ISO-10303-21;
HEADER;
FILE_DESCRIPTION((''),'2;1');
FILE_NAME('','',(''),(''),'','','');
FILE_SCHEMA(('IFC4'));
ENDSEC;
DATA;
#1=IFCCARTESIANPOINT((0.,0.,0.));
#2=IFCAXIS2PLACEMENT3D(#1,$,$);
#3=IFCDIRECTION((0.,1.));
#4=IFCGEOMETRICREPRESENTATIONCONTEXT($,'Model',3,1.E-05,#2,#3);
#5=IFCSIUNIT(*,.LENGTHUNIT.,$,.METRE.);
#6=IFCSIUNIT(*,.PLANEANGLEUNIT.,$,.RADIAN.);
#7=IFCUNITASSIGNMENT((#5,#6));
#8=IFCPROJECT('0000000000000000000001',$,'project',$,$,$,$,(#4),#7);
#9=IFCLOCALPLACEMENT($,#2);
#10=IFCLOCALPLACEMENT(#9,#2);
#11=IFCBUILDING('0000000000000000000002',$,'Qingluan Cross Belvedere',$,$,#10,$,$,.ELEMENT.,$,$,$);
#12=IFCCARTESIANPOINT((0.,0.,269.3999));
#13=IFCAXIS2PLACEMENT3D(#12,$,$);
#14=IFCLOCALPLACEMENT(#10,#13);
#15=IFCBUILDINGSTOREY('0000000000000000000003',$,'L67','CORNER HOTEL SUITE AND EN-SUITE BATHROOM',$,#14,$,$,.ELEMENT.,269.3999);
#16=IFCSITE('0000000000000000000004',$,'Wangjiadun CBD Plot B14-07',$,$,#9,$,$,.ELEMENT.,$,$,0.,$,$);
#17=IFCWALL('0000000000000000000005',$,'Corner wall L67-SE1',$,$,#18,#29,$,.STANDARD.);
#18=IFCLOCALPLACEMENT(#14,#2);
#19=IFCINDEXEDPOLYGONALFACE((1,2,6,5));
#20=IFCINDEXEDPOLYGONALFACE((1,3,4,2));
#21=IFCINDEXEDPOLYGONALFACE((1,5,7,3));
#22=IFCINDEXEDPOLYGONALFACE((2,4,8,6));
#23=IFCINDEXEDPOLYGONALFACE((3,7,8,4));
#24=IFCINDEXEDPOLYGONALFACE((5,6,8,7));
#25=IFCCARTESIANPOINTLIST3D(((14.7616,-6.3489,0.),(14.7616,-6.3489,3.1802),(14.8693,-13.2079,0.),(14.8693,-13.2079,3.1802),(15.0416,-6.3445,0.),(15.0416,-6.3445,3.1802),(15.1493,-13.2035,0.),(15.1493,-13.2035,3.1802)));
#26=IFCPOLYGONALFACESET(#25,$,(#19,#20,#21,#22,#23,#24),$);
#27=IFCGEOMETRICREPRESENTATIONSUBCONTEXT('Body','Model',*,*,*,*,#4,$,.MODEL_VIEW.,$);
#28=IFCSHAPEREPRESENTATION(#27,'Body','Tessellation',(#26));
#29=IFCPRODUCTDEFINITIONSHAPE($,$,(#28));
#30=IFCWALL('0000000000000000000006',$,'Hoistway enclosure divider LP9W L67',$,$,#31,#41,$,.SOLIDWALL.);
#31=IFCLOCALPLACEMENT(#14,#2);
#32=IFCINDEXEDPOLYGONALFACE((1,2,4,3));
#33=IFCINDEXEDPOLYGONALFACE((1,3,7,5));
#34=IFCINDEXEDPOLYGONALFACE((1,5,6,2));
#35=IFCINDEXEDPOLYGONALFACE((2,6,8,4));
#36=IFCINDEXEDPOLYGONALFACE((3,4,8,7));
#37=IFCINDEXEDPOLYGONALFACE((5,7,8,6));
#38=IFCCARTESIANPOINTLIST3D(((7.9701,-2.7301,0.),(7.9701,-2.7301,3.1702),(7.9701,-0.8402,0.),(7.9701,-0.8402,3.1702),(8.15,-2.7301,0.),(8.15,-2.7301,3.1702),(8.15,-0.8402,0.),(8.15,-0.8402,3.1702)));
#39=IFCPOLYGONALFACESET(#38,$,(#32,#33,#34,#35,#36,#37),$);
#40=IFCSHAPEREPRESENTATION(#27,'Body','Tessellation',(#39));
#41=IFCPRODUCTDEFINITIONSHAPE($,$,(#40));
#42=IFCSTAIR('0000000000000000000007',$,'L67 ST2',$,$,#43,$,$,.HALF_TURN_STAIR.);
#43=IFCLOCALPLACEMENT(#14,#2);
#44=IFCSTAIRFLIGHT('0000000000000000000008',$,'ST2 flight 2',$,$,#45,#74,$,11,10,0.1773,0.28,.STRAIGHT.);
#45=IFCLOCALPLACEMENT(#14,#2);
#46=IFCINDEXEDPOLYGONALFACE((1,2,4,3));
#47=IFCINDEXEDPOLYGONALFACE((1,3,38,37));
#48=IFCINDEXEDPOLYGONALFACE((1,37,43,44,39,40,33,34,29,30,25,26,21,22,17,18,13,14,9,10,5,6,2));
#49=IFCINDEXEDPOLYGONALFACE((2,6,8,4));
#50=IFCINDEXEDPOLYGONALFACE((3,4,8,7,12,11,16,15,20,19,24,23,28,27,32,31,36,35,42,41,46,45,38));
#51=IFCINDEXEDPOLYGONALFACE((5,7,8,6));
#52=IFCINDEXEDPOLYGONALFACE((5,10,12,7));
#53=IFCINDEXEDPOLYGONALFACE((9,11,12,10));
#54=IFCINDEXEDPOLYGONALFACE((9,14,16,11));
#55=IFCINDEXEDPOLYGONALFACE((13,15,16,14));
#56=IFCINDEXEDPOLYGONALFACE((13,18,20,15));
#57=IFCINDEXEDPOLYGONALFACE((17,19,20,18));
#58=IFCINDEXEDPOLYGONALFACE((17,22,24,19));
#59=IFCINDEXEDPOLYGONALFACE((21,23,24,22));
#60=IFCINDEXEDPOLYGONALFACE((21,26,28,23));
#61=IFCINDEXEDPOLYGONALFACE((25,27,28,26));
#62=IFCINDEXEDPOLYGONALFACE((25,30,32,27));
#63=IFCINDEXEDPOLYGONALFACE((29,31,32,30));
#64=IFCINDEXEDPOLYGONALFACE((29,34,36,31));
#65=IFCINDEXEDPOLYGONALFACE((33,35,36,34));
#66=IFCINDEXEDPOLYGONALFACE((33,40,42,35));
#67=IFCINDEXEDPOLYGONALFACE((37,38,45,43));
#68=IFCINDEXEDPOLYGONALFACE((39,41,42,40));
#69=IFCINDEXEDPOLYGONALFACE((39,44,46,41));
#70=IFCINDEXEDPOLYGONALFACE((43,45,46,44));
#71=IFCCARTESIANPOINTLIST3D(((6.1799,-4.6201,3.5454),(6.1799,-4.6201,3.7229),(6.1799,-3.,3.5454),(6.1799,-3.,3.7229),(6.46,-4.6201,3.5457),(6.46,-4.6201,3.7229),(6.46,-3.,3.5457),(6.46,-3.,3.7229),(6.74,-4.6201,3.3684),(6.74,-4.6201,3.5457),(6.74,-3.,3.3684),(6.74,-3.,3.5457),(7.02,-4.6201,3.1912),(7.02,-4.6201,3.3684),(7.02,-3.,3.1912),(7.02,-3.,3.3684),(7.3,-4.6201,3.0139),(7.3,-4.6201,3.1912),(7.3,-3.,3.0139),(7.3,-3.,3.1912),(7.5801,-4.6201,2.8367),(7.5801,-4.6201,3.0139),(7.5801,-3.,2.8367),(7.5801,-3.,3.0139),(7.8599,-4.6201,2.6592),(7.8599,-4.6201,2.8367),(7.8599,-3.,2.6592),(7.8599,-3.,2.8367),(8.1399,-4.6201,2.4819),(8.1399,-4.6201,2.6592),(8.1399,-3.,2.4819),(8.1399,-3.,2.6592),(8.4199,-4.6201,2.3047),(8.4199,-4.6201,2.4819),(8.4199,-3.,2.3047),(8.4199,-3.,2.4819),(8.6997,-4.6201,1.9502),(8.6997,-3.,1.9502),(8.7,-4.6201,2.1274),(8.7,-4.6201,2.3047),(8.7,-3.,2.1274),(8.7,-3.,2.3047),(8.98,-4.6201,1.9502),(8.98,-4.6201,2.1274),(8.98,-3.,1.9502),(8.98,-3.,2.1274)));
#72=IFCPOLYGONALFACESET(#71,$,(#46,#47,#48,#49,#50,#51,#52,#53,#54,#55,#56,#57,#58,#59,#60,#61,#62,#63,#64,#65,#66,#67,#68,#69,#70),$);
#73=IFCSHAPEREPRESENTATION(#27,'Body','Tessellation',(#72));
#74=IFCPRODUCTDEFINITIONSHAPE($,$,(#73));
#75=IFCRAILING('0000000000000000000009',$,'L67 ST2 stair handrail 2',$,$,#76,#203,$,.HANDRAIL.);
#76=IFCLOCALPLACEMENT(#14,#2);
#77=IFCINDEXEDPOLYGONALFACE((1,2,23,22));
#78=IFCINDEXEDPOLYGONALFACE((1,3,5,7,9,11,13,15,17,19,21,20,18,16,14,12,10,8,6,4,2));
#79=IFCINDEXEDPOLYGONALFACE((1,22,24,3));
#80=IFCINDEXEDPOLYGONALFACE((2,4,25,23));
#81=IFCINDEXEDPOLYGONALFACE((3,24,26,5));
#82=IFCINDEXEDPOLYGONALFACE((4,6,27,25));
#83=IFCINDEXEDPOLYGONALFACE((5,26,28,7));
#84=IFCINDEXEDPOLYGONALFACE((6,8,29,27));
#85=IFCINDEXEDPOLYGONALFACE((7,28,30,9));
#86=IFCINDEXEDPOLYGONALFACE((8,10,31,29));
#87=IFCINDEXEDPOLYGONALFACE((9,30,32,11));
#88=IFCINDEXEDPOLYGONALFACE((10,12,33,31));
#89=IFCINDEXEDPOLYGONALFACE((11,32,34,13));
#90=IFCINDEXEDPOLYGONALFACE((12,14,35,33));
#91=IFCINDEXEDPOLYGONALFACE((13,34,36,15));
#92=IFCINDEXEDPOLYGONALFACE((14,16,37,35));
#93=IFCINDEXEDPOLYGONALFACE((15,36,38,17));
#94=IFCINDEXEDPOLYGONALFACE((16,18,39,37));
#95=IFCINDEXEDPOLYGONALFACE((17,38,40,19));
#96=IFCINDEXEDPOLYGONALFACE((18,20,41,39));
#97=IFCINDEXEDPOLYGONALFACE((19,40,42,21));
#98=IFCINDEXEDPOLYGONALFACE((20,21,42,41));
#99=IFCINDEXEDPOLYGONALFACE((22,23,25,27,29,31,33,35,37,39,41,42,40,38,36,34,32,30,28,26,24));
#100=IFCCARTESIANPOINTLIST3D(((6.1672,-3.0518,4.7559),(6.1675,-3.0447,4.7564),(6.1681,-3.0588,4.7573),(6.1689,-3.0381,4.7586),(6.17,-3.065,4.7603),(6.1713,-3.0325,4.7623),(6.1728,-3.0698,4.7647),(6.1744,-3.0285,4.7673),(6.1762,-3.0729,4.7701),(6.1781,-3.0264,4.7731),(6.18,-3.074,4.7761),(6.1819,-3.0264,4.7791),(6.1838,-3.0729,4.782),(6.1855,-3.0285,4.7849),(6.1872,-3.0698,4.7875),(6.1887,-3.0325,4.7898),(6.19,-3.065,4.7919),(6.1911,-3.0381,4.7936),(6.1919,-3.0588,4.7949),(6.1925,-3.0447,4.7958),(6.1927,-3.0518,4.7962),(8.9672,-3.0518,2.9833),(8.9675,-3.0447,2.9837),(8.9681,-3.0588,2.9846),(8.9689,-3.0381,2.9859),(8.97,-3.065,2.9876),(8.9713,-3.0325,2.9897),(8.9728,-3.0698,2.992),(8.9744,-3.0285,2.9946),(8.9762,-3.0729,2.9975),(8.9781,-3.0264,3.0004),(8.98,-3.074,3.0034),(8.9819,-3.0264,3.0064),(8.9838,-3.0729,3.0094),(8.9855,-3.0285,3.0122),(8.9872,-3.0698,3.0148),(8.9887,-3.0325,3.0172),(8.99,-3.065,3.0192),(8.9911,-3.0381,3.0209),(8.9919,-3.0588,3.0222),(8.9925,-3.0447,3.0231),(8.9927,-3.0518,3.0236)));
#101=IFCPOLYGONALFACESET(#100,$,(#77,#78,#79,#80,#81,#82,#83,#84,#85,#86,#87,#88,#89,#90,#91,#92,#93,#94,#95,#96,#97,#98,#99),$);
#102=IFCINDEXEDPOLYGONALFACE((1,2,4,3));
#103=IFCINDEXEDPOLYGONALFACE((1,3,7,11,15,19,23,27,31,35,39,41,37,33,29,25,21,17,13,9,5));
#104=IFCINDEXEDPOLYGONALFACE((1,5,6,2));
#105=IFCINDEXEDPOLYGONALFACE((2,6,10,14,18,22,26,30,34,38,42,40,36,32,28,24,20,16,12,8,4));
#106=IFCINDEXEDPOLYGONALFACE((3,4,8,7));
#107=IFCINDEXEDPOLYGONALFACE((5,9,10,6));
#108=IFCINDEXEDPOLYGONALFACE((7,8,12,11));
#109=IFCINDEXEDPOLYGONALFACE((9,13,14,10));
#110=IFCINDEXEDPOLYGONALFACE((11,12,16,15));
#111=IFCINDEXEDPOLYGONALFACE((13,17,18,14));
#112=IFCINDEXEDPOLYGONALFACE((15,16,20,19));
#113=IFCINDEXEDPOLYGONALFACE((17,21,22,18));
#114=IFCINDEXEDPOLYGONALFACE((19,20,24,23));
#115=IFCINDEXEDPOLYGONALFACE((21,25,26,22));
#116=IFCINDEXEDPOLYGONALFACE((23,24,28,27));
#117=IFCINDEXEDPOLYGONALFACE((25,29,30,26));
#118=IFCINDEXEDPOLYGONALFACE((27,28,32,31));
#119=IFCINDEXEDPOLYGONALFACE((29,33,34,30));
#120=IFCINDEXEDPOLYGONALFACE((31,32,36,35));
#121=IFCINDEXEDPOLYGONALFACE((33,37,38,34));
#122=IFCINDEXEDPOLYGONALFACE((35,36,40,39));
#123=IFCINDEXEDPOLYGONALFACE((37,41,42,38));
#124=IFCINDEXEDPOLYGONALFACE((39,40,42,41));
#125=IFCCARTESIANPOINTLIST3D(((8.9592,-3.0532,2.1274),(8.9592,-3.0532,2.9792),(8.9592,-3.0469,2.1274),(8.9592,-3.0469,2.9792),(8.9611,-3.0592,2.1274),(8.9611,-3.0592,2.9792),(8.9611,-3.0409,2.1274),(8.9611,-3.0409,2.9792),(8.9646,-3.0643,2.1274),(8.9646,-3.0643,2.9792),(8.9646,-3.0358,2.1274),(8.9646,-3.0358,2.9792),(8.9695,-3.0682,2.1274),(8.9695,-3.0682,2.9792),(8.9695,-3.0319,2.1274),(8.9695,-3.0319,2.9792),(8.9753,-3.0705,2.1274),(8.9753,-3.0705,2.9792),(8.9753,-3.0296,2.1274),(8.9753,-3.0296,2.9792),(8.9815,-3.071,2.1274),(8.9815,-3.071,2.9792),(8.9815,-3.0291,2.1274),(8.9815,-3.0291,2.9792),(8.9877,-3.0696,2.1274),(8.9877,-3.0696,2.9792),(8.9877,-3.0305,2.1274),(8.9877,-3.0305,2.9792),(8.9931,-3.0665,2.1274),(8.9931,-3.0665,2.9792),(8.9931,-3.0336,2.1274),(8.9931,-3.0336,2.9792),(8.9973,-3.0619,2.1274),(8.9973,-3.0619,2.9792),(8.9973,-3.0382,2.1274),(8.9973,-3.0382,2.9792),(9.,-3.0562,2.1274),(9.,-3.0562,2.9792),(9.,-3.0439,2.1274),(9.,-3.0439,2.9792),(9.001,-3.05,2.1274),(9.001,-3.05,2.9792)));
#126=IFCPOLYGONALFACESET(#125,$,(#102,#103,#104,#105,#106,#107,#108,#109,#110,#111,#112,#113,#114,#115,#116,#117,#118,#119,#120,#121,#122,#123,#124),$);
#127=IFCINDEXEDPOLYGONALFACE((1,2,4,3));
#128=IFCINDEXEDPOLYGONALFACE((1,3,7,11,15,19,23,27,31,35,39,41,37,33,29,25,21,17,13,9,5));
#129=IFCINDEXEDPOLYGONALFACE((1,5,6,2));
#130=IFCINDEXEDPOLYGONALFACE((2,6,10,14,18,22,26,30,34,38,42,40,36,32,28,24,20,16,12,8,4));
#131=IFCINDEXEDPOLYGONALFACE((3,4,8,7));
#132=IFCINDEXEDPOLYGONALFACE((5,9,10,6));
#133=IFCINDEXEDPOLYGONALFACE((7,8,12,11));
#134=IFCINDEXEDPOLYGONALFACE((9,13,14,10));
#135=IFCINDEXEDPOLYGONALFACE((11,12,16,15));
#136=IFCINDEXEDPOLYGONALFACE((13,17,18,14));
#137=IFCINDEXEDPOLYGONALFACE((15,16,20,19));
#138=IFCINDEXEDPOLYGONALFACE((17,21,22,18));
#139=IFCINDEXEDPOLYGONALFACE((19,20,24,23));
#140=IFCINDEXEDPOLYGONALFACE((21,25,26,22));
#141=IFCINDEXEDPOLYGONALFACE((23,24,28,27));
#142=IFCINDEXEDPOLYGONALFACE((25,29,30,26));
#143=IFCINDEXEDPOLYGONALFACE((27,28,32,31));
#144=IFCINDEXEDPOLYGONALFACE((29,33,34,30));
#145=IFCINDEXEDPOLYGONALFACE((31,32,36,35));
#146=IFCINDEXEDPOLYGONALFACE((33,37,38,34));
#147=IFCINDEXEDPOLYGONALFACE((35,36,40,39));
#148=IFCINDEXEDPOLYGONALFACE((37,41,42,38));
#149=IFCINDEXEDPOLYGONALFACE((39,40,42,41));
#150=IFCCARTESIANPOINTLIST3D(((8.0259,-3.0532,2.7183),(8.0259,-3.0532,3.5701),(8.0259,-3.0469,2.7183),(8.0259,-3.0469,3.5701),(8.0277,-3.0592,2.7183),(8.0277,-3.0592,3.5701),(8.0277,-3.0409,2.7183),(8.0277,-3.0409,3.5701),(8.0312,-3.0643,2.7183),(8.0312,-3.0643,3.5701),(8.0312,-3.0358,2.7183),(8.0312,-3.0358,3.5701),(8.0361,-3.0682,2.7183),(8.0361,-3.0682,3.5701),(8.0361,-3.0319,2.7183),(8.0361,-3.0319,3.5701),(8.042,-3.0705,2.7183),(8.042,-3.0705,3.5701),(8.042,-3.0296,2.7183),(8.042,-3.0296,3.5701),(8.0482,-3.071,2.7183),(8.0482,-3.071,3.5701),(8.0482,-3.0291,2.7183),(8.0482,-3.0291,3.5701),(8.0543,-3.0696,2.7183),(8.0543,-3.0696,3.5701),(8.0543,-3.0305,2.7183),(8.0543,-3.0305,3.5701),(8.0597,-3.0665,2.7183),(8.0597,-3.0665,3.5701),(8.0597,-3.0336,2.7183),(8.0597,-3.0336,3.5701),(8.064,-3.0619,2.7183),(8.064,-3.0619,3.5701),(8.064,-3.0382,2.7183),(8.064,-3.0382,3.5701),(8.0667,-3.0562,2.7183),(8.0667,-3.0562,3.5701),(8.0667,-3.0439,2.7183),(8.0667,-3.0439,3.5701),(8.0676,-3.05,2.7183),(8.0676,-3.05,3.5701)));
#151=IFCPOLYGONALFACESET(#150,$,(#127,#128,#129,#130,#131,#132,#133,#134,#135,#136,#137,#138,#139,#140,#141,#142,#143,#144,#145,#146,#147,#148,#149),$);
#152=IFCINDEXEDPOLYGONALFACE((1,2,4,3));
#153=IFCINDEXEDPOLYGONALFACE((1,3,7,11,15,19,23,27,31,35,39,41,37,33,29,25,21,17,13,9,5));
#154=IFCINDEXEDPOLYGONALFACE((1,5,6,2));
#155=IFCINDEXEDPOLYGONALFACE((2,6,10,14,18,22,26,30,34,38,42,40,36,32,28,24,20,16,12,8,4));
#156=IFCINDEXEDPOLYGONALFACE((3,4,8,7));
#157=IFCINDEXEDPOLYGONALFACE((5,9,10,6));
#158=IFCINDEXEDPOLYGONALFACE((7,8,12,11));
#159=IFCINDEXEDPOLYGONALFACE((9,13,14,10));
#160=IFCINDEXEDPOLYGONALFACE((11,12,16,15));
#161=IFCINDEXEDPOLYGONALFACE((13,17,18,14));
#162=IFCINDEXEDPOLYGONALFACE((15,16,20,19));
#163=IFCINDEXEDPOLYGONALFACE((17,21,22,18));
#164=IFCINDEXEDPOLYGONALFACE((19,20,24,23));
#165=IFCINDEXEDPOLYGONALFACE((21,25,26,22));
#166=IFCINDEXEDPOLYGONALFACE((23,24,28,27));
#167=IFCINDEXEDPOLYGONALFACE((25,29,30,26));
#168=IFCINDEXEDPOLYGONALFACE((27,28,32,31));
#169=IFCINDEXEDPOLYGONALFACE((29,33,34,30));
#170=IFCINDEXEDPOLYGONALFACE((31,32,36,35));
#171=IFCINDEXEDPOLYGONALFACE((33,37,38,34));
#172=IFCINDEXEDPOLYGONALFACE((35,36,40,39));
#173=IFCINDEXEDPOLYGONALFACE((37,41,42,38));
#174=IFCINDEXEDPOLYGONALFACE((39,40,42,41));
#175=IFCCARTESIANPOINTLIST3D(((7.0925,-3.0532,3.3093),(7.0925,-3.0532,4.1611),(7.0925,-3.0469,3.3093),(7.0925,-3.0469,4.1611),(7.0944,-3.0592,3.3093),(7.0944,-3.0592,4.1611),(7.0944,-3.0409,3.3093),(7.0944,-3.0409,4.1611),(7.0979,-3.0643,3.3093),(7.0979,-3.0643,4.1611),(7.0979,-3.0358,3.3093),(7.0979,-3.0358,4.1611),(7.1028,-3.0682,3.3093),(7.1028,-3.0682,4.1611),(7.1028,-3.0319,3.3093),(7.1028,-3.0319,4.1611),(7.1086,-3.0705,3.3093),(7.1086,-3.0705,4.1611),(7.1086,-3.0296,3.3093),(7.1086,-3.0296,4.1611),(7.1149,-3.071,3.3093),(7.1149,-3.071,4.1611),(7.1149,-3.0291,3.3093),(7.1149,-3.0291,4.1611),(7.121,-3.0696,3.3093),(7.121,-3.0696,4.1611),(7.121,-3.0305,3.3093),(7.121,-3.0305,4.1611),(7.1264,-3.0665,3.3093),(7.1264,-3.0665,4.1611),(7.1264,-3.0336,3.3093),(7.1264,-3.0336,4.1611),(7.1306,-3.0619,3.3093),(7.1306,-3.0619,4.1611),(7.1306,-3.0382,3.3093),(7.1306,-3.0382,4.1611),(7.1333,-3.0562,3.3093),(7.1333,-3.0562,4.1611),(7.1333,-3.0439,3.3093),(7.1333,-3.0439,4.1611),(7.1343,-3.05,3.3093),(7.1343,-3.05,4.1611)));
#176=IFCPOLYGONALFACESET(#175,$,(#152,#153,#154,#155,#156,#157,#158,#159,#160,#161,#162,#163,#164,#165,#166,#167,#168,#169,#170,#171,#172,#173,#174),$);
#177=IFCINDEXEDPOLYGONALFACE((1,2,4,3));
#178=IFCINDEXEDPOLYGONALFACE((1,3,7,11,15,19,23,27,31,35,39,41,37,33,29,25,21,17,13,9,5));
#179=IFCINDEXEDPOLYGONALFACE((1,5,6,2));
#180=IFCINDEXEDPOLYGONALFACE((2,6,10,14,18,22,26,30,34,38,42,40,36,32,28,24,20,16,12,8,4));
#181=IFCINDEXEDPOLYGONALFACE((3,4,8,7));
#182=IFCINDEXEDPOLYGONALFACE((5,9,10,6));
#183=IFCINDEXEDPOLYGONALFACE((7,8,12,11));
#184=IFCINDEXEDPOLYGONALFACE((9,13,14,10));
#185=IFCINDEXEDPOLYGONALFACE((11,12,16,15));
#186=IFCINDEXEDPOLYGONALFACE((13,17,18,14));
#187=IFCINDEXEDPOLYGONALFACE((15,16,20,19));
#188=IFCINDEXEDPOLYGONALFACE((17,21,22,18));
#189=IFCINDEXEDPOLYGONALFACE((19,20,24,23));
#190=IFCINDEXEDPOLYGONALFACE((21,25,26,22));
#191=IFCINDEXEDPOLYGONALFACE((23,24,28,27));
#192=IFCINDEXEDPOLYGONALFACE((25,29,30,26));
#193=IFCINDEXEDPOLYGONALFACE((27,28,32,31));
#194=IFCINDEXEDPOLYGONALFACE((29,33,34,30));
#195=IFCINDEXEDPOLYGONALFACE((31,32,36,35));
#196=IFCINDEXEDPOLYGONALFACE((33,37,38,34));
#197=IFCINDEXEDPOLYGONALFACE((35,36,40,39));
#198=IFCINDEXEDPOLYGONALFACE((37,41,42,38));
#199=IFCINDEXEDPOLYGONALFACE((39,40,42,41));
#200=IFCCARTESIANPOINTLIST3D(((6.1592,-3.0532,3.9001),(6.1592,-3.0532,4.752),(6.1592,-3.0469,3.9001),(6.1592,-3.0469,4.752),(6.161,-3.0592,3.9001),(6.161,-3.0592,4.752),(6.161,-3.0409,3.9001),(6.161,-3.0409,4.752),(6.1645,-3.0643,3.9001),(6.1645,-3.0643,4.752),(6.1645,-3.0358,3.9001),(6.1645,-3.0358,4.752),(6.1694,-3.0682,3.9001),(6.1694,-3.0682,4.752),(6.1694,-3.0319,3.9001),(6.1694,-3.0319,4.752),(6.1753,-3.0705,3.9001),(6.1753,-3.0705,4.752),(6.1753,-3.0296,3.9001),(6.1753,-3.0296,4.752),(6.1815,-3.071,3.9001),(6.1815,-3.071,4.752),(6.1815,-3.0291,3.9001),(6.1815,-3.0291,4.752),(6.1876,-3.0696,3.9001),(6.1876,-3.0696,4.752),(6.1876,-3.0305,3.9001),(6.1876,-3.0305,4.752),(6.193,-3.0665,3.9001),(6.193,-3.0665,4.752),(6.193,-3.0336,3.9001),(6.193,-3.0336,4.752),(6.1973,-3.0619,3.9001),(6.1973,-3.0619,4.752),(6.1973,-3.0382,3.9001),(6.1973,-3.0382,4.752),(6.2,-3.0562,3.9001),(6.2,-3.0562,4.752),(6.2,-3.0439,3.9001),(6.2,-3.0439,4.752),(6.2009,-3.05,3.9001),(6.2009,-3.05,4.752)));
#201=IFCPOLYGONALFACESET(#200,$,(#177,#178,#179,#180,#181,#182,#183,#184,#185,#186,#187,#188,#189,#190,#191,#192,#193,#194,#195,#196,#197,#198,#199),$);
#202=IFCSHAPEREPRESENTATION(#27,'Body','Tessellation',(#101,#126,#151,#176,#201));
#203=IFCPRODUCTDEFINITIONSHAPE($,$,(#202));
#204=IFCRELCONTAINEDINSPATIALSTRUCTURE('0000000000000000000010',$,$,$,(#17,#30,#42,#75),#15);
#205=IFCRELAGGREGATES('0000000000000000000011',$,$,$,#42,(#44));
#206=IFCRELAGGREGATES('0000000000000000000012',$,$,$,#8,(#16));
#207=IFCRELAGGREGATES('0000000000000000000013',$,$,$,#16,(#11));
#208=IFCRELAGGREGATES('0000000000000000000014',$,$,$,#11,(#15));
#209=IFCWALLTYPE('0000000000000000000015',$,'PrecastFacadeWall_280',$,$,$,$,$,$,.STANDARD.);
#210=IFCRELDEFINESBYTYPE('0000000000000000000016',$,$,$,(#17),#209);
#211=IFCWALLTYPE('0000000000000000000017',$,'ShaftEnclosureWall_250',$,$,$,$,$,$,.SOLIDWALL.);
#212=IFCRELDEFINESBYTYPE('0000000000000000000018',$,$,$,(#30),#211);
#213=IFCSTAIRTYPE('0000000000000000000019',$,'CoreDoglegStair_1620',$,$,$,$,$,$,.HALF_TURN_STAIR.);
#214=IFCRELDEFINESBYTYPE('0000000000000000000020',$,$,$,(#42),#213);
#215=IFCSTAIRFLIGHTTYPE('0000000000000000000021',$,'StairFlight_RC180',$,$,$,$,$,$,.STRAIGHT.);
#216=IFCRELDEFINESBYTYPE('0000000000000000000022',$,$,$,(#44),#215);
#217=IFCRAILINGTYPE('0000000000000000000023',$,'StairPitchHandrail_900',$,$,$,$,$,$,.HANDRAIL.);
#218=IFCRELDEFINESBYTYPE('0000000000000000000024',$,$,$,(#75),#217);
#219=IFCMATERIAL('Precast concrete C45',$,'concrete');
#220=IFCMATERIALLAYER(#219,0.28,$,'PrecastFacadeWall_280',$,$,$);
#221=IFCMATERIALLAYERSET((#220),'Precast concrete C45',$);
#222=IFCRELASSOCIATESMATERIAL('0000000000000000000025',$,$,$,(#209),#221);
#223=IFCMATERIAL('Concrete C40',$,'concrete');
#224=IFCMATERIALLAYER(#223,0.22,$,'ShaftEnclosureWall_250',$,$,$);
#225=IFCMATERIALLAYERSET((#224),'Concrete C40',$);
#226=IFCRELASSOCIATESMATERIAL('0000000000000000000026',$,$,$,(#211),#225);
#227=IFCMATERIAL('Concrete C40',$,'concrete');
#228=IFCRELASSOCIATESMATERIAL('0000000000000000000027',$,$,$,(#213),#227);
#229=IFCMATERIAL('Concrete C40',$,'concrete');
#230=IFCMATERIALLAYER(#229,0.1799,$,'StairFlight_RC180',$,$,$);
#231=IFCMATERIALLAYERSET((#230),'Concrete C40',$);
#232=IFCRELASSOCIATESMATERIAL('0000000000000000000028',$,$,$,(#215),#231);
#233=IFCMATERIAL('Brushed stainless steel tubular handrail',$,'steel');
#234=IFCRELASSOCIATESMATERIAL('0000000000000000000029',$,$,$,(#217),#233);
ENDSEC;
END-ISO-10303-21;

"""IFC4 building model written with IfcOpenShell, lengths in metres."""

from ifc_helpers import new_model, si_unit, direction, frame, frame_2d, origin, origin_2d, place, context, subcontext, project, spatial, polyline, rectangle, circle, outline, extrude, material, layer, layer_set, type_object, element, aggregate, save


model = new_model("IFC4")

# Units and contexts
model_context = context("Model", 3, precision=1e-05, world=origin(), true_north=direction((0.0, 1.0)))
body_context = subcontext(model_context, "Body", "Model", "MODEL_VIEW")
ifc_project = project(units=[si_unit("LENGTHUNIT", "METRE"), si_unit("PLANEANGLEUNIT", "RADIAN")], contexts=[model_context])

# Site, building, storey
site_placement = place(None, origin())
site = spatial("IfcSite", under=ifc_project, at=site_placement, Name="Wangjiadun CBD Plot B14-07", CompositionType="ELEMENT", RefElevation=0.0)
building_placement = place(site_placement, origin())
building = spatial("IfcBuilding", under=site, at=building_placement, Name="Qingluan Cross Belvedere", CompositionType="ELEMENT")
storey_placement = place(building_placement, frame((0.0, 0.0, 269.3999)))
storey = spatial("IfcBuildingStorey", under=building, at=storey_placement, Name="L67", Description="CORNER HOTEL SUITE AND EN-SUITE BATHROOM", CompositionType="ELEMENT", Elevation=269.3999)

# Shared definitions
ifc_material_1 = material(Name="Precast concrete C45", Category="concrete")
ifc_layer_1 = layer(ifc_material_1, 0.28, Name="PrecastFacadeWall_280")
ifc_layer_set_1 = layer_set([ifc_layer_1], Name="Precast concrete C45")
wall_type_1 = type_object("IfcWallType", Name="PrecastFacadeWall_280", PredefinedType="STANDARD", material=ifc_layer_set_1)

# Walls
wall_1_placement = place(storey_placement, frame((14.9016, -6.3467, 0.0), z_axis=(0.0, 0.0, 1.0), x_axis=(0.015695, -0.999877, 0.0)))
element("IfcWall", 1, at=wall_1_placement, inside=storey, type_object=wall_type_1, Name="Corner wall L67-SE1", PredefinedType="STANDARD", context=body_context, shape_type="SweptSolid", body=[
    extrude(rectangle(XDim=6.8599, YDim=0.28, at=frame_2d((3.4299, 0.0))), origin(), (0.0, 0.0, 1.0), 3.1802),
])
ifc_material_2 = material(Name="Concrete C40", Category="concrete")
ifc_layer_2 = layer(ifc_material_2, 0.22, Name="ShaftEnclosureWall_250")
ifc_layer_set_2 = layer_set([ifc_layer_2], Name="Concrete C40")
wall_type_2 = type_object("IfcWallType", Name="ShaftEnclosureWall_250", PredefinedType="SOLIDWALL", material=ifc_layer_set_2)
wall_2_placement = place(storey_placement, frame((8.0601, -2.73, 0.0), z_axis=(0.0, 0.0, 1.0), x_axis=(0.0, 1.0, 0.0)))
element("IfcWall", 2, at=wall_2_placement, inside=storey, type_object=wall_type_2, Name="Hoistway enclosure divider LP9W L67", PredefinedType="SOLIDWALL", context=body_context, shape_type="SweptSolid", body=[
    extrude(rectangle(XDim=1.8899, YDim=0.1799, at=frame_2d((0.9448, 0.0))), origin(), (0.0, 0.0, 1.0), 3.1702),
])

# Stair, stair flight
ifc_material_3 = material(Name="Concrete C40", Category="concrete")
stair_type = type_object("IfcStairType", Name="CoreDoglegStair_1620", PredefinedType="HALF_TURN_STAIR", material=ifc_material_3)
stair_placement = place(storey_placement, origin())
stair = element("IfcStair", 3, at=stair_placement, inside=storey, type_object=stair_type, Name="L67 ST2", PredefinedType="HALF_TURN_STAIR")
ifc_material_4 = material(Name="Concrete C40", Category="concrete")
ifc_layer_3 = layer(ifc_material_4, 0.1799, Name="StairFlight_RC180")
ifc_layer_set_3 = layer_set([ifc_layer_3], Name="Concrete C40")
stair_flight_type = type_object("IfcStairFlightType", Name="StairFlight_RC180", PredefinedType="STRAIGHT", material=ifc_layer_set_3)
stair_flight_placement = place(storey_placement, frame((8.98, -3.8101, 1.9502), z_axis=(0.0, 0.0, 1.0), x_axis=(-1.0, 0.0, 0.0)))
stair_flight = element("IfcStairFlight", 4, at=stair_flight_placement, type_object=stair_flight_type, Name="ST2 flight 2", NumberOfRisers=11, NumberOfTreads=10, PredefinedType="STRAIGHT", RiserHeight=0.1773, TreadLength=0.28, context=body_context, shape_type="SweptSolid", body=[
    extrude(outline(polyline([(0.0, 0.0), (0.0, 0.1772), (0.28, 0.1772), (0.28, 0.3545), (0.5601, 0.3545), (0.5601, 0.5317), (0.8401, 0.5317), (0.8401, 0.709), (1.1201, 0.709), (1.1201, 0.8865), (1.3999, 0.8865), (1.3999, 1.0637), (1.6799, 1.0637), (1.6799, 1.241), (1.96, 1.241), (1.96, 1.4182), (2.24, 1.4182), (2.24, 1.5955), (2.52, 1.5955), (2.52, 1.7727), (2.8, 1.7727), (2.8, 1.95), (2.8, 1.5952), (0.2803, 0.0), (0.0, 0.0)])), frame((0.0, 0.8101, 0.0), z_axis=(0.0, -1.0, 0.0), x_axis=(1.0, 0.0, 0.0)), (0.0, 0.0, 1.0), 1.6201),
])
aggregate(stair, [stair_flight])

# Railing
ifc_material_5 = material(Name="Brushed stainless steel tubular handrail", Category="steel")
railing_type_1 = type_object("IfcRailingType", Name="StairPitchHandrail_900", PredefinedType="HANDRAIL", material=ifc_material_5)
railing_1_placement = place(storey_placement, frame((8.98, -3.05, 2.1274)))
element("IfcRailing", 5, at=railing_1_placement, inside=storey, type_object=railing_type_1, Name="L67 ST2 stair handrail 2", PredefinedType="HANDRAIL", context=body_context, shape_type="SweptSolid", body=[
    extrude(circle(Radius=0.0239, at=origin_2d()), frame((0.0, 0.0, 0.876), z_axis=(-0.844909, 0.0, 0.53491), x_axis=(0.0, -1.0, 0.0)), (0.0, 0.0, 1.0), 3.314),
    extrude(circle(Radius=0.021, at=origin_2d()), origin(), (0.0, 0.0, 1.0), 0.8518),
    extrude(circle(Radius=0.021, at=origin_2d()), frame((-0.9333, 0.0, 0.5908)), (0.0, 0.0, 1.0), 0.8518),
    extrude(circle(Radius=0.021, at=origin_2d()), frame((-1.8667, 0.0, 1.1819)), (0.0, 0.0, 1.0), 0.8518),
    extrude(circle(Radius=0.021, at=origin_2d()), frame((-2.8, 0.0, 1.7727)), (0.0, 0.0, 1.0), 0.8518),
])

save(model, "model.ifc")
